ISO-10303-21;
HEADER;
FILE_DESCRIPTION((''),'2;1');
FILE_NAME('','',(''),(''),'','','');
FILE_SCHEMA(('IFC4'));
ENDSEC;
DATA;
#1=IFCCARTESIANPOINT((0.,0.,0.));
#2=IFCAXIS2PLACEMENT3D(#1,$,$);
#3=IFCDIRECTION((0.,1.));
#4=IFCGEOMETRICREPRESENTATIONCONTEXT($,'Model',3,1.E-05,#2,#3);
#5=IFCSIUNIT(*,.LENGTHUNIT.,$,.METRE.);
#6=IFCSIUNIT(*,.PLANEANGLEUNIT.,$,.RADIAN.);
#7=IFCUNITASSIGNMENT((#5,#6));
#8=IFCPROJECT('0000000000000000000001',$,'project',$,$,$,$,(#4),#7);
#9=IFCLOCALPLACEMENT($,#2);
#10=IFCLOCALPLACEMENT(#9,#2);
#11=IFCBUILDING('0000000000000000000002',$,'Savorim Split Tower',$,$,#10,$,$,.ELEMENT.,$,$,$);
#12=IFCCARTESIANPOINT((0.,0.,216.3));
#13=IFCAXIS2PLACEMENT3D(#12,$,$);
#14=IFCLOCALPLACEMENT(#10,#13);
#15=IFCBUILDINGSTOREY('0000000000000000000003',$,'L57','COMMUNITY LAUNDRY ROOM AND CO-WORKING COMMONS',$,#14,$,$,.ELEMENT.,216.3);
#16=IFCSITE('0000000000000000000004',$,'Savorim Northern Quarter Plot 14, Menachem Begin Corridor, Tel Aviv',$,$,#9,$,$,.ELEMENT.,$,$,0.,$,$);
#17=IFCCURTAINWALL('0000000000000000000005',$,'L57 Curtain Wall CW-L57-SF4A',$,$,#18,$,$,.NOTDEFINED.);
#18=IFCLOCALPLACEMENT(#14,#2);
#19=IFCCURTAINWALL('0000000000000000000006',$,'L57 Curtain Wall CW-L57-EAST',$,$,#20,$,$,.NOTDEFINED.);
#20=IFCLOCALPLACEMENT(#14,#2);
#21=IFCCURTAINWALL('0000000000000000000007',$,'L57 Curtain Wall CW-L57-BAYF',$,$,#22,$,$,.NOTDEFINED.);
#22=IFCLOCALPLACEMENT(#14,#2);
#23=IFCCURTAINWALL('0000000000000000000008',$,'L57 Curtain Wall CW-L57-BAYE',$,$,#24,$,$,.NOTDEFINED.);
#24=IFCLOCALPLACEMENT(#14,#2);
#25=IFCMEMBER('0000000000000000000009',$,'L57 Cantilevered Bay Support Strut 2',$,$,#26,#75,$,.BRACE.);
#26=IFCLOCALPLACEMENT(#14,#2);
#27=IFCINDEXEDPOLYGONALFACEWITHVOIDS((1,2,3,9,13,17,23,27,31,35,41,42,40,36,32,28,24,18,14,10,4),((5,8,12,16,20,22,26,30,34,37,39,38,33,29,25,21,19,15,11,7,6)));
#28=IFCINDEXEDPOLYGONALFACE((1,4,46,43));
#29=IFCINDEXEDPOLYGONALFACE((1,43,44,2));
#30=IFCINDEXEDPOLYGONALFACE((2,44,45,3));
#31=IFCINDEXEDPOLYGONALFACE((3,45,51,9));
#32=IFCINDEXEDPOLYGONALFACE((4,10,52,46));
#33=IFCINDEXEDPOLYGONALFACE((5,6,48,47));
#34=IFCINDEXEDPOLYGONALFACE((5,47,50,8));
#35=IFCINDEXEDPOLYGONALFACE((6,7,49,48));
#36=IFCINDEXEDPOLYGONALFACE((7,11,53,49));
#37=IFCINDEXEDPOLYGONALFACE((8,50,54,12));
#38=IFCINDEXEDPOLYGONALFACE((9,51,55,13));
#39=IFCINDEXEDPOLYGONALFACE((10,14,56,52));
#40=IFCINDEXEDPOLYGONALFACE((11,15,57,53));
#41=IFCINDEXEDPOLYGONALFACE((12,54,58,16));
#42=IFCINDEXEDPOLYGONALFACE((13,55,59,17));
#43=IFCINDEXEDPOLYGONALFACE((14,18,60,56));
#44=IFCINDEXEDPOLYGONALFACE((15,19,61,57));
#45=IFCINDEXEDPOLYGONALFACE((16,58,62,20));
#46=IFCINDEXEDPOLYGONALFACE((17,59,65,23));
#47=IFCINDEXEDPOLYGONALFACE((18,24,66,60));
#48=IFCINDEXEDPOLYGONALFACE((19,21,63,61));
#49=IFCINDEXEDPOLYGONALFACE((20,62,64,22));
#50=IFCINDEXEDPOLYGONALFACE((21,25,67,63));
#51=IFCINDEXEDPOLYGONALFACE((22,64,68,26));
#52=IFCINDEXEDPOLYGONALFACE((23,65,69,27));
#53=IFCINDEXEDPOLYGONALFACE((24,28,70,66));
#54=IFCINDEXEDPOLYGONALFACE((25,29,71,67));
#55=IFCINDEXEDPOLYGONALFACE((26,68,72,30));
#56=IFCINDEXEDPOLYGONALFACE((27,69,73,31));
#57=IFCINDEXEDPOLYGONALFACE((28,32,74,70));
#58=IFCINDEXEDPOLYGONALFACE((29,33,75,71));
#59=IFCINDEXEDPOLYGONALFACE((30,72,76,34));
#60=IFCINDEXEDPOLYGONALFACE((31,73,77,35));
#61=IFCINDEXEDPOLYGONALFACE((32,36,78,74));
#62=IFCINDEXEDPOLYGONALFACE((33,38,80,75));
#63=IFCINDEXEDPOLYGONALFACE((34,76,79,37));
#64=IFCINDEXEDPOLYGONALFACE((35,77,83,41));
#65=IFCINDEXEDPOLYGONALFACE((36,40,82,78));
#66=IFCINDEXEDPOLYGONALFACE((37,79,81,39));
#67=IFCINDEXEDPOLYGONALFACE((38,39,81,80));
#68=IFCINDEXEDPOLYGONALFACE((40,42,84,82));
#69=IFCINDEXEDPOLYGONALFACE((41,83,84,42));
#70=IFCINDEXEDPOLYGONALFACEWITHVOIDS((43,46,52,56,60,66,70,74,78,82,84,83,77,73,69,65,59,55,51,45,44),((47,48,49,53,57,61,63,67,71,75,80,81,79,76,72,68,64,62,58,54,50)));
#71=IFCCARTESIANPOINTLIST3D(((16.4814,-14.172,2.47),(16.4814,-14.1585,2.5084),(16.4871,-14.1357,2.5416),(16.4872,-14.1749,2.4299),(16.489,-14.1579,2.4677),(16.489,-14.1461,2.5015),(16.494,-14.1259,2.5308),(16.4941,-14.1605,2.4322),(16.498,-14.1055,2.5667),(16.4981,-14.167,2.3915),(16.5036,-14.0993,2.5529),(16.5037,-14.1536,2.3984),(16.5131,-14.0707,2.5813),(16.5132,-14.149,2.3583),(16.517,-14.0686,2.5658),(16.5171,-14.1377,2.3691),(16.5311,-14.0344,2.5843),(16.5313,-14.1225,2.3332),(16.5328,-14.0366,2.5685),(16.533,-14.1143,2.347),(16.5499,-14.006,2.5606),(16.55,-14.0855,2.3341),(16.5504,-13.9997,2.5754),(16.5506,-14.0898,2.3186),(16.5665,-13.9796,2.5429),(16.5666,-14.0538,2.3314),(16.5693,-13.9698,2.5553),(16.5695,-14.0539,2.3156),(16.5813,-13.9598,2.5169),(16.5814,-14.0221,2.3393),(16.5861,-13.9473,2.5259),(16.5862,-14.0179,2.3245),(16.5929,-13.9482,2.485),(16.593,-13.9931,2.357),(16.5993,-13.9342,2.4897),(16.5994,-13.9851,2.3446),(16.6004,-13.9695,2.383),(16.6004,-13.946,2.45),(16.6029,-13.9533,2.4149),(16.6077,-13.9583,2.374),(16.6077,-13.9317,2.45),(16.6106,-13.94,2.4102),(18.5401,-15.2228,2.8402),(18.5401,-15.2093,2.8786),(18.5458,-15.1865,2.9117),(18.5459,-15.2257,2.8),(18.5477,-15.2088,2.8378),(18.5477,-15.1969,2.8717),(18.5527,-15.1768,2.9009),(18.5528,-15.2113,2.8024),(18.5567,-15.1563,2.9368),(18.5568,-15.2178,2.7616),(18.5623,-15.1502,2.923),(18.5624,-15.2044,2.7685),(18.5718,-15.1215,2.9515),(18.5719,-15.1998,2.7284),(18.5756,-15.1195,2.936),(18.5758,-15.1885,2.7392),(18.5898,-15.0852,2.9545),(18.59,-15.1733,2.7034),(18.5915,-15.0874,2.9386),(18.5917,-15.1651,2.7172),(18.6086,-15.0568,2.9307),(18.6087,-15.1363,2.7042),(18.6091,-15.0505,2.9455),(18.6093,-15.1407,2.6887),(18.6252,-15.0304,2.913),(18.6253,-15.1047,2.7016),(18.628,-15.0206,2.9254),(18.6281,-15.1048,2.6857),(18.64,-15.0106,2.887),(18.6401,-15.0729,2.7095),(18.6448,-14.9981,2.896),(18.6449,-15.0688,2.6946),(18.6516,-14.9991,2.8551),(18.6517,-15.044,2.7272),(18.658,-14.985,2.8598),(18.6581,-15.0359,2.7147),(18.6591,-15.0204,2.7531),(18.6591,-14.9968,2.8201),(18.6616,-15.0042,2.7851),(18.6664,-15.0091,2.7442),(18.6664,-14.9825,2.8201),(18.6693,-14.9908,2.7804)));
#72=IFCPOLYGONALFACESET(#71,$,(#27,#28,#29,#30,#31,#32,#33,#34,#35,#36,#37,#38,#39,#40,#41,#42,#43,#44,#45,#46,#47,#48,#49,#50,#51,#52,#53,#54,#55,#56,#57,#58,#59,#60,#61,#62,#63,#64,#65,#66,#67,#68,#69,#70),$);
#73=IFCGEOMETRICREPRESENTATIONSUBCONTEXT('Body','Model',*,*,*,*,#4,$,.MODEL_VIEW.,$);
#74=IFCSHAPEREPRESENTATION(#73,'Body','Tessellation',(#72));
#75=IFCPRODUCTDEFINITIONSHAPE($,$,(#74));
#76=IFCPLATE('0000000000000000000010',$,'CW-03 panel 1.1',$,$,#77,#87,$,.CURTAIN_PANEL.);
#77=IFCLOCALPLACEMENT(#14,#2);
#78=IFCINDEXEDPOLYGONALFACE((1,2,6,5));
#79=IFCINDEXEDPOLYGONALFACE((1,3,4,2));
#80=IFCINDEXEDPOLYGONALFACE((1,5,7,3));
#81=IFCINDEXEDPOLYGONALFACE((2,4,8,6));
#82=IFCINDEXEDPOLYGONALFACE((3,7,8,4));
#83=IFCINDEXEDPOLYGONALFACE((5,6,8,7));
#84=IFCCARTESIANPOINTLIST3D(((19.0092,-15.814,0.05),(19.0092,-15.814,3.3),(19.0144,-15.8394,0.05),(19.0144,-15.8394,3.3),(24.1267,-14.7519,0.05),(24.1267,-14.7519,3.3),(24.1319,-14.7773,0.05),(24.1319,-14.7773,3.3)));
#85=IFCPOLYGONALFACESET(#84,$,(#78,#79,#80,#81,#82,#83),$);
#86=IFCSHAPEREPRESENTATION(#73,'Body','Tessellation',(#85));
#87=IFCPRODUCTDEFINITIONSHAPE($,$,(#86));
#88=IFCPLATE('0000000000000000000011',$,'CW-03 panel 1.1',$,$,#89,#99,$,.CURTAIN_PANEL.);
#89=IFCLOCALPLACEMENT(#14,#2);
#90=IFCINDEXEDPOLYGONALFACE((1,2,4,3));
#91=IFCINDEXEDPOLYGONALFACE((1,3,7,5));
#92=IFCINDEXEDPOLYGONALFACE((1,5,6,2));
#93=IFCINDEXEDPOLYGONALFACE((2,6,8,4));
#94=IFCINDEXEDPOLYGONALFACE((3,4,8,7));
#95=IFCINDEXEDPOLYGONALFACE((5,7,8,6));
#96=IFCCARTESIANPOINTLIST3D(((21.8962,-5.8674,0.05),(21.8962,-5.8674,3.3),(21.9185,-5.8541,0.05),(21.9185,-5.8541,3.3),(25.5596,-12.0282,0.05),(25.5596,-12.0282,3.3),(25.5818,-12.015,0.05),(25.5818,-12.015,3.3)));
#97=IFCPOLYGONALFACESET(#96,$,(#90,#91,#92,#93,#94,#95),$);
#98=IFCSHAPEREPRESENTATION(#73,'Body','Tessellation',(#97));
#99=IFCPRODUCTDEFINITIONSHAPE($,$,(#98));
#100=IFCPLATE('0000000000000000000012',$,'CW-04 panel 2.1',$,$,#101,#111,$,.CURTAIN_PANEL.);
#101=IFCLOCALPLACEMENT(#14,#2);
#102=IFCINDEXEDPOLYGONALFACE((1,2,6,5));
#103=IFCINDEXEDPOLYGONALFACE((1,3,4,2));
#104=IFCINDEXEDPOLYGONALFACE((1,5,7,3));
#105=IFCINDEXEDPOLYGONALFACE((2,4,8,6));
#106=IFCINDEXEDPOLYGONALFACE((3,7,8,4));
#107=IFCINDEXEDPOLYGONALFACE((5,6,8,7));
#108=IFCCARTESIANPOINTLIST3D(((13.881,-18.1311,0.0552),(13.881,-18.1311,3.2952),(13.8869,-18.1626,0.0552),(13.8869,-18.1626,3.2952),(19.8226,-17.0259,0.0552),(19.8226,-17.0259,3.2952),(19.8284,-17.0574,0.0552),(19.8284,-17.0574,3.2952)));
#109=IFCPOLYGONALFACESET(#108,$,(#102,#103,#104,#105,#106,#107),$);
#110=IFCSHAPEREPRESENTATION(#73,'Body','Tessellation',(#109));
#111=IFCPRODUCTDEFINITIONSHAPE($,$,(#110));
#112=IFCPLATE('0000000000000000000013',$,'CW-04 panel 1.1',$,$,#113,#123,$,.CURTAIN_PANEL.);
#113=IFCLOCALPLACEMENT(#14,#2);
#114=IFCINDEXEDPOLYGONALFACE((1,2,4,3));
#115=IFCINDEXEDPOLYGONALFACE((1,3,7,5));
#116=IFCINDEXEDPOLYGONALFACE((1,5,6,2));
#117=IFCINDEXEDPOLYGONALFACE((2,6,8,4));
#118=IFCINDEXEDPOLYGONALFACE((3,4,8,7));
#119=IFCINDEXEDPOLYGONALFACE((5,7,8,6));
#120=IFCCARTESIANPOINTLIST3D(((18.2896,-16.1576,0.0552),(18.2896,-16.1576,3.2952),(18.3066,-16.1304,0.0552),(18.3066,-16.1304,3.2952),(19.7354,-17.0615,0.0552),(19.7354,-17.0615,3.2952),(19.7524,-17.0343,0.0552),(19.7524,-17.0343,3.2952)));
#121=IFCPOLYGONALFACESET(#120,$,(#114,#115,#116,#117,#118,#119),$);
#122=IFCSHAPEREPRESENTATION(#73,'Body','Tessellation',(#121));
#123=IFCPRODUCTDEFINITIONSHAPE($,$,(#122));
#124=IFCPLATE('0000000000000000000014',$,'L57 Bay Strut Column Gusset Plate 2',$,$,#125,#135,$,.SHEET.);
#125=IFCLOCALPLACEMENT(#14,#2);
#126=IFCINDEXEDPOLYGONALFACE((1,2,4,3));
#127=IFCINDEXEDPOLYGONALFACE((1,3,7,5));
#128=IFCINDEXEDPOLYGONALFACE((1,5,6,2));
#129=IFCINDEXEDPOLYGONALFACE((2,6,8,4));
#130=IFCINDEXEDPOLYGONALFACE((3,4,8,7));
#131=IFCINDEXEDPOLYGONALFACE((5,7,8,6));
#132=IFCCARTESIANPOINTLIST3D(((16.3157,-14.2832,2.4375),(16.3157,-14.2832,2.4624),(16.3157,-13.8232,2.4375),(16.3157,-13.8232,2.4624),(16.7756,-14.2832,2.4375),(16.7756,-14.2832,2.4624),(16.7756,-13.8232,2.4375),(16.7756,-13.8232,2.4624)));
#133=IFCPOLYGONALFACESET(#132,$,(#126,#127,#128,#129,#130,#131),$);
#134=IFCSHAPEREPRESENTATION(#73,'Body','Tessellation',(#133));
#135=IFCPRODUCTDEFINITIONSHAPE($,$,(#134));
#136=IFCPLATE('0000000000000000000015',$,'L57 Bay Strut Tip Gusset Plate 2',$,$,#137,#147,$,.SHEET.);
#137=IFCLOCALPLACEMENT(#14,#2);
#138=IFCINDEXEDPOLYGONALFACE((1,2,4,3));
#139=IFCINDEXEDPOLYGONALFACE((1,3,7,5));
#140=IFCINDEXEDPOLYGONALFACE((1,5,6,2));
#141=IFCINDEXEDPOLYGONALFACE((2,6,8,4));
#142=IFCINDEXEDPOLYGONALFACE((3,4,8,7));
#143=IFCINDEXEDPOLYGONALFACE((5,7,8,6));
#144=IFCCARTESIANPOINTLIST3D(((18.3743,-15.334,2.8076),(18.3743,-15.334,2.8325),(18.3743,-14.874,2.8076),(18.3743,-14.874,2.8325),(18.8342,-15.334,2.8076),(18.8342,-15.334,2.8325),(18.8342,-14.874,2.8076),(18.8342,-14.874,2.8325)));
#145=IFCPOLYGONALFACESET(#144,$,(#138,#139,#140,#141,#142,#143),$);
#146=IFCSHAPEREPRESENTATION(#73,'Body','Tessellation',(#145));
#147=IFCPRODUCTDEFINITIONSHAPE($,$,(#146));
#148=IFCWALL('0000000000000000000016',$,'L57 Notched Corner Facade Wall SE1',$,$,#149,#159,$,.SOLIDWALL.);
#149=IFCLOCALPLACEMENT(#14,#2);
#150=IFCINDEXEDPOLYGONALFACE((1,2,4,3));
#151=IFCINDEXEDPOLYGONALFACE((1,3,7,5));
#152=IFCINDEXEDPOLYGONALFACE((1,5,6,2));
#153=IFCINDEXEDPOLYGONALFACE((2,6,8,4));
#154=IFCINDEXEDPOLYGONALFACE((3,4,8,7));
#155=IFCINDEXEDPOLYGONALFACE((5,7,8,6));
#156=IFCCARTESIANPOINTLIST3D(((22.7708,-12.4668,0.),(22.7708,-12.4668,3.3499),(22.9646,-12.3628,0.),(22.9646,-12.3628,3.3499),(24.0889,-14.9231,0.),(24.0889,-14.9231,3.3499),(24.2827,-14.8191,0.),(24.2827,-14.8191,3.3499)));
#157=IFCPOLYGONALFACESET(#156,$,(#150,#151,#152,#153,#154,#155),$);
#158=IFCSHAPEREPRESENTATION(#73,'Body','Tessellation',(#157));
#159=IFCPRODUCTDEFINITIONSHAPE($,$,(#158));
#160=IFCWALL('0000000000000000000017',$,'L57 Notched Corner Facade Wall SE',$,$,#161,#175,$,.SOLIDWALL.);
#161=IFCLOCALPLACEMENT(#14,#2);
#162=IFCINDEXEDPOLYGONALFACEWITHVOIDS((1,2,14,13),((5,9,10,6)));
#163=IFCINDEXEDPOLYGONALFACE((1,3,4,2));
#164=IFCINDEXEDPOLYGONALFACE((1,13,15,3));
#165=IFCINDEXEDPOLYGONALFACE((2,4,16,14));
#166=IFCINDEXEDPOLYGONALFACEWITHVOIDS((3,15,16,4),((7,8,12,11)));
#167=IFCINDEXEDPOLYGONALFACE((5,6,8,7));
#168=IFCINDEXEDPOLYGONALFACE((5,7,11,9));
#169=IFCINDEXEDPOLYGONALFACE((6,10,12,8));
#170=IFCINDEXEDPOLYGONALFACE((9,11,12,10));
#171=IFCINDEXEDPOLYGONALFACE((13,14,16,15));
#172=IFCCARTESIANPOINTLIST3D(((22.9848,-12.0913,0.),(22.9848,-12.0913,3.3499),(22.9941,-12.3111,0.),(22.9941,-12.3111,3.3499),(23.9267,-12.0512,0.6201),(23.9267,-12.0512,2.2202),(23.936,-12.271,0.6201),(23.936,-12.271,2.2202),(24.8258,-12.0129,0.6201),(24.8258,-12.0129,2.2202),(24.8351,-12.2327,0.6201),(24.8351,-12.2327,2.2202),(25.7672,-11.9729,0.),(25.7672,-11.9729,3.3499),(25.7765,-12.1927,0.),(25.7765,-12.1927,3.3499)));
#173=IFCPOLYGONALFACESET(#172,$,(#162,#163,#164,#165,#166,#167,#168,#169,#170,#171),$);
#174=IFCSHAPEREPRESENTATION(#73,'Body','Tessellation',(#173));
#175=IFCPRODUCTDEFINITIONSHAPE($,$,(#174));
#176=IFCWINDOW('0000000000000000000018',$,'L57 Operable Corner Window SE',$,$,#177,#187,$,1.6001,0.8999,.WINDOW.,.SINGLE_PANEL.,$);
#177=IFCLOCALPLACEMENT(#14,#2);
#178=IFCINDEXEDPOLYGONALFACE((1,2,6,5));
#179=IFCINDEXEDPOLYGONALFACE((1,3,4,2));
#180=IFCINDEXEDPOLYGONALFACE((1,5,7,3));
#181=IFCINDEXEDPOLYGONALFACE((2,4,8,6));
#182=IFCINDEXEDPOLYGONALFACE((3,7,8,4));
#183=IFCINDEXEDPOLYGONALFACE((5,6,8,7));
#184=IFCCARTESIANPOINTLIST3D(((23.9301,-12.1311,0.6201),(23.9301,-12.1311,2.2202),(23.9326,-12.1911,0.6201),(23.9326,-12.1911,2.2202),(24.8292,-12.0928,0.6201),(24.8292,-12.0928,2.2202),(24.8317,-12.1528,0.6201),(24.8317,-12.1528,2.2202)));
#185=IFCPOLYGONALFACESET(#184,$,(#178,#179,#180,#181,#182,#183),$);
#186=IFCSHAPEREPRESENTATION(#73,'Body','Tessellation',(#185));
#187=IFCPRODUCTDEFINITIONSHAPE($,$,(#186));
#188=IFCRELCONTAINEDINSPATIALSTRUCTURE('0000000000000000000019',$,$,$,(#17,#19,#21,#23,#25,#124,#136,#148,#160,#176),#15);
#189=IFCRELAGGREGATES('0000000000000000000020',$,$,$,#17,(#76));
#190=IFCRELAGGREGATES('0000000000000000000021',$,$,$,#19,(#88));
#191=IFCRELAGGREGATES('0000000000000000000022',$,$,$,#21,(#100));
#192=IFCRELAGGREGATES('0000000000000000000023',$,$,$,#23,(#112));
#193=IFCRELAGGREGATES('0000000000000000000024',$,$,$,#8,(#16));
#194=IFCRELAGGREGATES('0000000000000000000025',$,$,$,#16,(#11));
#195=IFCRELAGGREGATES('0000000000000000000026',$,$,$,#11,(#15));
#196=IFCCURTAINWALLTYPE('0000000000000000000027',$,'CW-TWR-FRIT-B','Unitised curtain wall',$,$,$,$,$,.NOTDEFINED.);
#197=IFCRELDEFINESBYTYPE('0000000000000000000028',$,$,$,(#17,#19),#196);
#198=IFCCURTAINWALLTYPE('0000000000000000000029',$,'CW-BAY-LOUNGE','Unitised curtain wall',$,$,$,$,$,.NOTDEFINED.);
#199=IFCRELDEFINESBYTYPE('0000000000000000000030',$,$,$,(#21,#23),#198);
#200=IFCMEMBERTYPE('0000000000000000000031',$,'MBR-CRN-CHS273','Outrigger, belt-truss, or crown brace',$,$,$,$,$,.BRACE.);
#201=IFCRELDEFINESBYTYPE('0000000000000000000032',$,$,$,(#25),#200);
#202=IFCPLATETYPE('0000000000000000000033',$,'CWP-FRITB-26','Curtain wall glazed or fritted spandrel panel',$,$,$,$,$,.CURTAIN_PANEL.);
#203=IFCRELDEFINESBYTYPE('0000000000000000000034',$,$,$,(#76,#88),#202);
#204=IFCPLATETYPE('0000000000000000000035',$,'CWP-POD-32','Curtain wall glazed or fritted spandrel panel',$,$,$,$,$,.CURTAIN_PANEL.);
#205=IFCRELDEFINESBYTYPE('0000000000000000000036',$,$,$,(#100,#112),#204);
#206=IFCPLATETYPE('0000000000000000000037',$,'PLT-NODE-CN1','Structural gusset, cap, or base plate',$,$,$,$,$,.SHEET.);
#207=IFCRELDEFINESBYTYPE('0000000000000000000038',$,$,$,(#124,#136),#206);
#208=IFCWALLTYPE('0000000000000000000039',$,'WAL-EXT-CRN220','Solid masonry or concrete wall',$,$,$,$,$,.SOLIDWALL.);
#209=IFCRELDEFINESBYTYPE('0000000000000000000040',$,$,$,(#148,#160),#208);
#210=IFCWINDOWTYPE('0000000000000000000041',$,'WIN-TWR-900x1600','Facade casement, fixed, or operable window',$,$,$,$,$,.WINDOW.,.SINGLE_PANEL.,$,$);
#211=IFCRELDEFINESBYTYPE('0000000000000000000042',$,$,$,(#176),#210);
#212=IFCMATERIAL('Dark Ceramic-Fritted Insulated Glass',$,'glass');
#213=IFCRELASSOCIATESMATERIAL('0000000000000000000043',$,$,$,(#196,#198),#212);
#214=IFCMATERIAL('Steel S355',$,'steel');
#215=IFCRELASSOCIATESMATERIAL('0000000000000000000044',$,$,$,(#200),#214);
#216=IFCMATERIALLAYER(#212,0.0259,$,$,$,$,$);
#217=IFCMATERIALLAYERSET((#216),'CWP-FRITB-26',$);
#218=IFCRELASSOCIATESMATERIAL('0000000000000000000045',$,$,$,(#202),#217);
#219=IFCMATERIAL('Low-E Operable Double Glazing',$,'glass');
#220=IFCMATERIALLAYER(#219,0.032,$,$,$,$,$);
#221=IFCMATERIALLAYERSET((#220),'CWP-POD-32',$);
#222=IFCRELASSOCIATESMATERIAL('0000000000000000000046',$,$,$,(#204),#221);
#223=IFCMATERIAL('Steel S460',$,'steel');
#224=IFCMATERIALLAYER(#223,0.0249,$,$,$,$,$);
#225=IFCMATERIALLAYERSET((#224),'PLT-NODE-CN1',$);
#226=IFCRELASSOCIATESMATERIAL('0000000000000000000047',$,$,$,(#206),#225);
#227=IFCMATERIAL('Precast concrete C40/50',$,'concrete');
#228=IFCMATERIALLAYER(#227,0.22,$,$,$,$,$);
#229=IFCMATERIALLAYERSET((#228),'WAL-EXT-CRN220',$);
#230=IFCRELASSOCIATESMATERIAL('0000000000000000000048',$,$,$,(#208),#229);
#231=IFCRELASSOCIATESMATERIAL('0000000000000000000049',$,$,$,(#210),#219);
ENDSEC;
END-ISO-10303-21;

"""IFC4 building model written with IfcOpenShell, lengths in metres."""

from ifc_helpers import new_model, si_unit, direction, frame, frame_2d, origin, origin_2d, place, context, subcontext, project, spatial, rectangle, hollow_circle, extrude, material, layer, layer_set, material_profile, profile_set, type_object, element, fill, aggregate, save


model = new_model("IFC4")

# Units and contexts
model_context = context("Model", 3, precision=1e-05, world=origin(), true_north=direction((0.0, 1.0)))
body_context = subcontext(model_context, "Body", "Model", "MODEL_VIEW")
ifc_project = project(units=[si_unit("LENGTHUNIT", "METRE"), si_unit("PLANEANGLEUNIT", "RADIAN")], contexts=[model_context])

# Site, building, storey
site_placement = place(None, origin())
site = spatial("IfcSite", under=ifc_project, at=site_placement, Name="Savorim Northern Quarter Plot 14, Menachem Begin Corridor, Tel Aviv", CompositionType="ELEMENT", RefElevation=0.0)
building_placement = place(site_placement, origin())
building = spatial("IfcBuilding", under=site, at=building_placement, Name="Savorim Split Tower", CompositionType="ELEMENT")
storey_placement = place(building_placement, frame((0.0, 0.0, 216.3)))
storey = spatial("IfcBuildingStorey", under=building, at=storey_placement, Name="L57", Description="COMMUNITY LAUNDRY ROOM AND CO-WORKING COMMONS", CompositionType="ELEMENT", Elevation=216.3)

# Shared definitions
ifc_material_1 = material(Name="Steel S355", Category="steel")

# Curtain walls
ifc_material_2 = material(Name="Dark Ceramic-Fritted Insulated Glass", Category="glass")
curtain_wall_type_1 = type_object("IfcCurtainWallType", Name="CW-TWR-FRIT-B", Description="Unitised curtain wall", PredefinedType="NOTDEFINED", material=ifc_material_2)
curtain_wall_1_placement = place(storey_placement, origin())
curtain_wall_1 = element("IfcCurtainWall", 1, at=curtain_wall_1_placement, inside=storey, type_object=curtain_wall_type_1, Name="L57 Curtain Wall CW-L57-SF4A", PredefinedType="NOTDEFINED")
curtain_wall_2_placement = place(storey_placement, origin())
curtain_wall_2 = element("IfcCurtainWall", 2, at=curtain_wall_2_placement, inside=storey, type_object=curtain_wall_type_1, Name="L57 Curtain Wall CW-L57-EAST", PredefinedType="NOTDEFINED")
curtain_wall_type_2 = type_object("IfcCurtainWallType", Name="CW-BAY-LOUNGE", Description="Unitised curtain wall", PredefinedType="NOTDEFINED", material=ifc_material_2)
curtain_wall_3_placement = place(storey_placement, origin())
curtain_wall_3 = element("IfcCurtainWall", 3, at=curtain_wall_3_placement, inside=storey, type_object=curtain_wall_type_2, Name="L57 Curtain Wall CW-L57-BAYF", PredefinedType="NOTDEFINED")
curtain_wall_4_placement = place(storey_placement, origin())
curtain_wall_4 = element("IfcCurtainWall", 4, at=curtain_wall_4_placement, inside=storey, type_object=curtain_wall_type_2, Name="L57 Curtain Wall CW-L57-BAYE", PredefinedType="NOTDEFINED")

# Member
ifc_material_profile_1 = material_profile(ifc_material_1, hollow_circle(Radius=0.1365, WallThickness=0.0161, at=origin_2d()), Name="CHS 273x16")
ifc_profile_set_1 = profile_set([ifc_material_profile_1], Name="Steel S355")
member_type_1 = type_object("IfcMemberType", Name="MBR-CRN-CHS273", Description="Outrigger, belt-truss, or crown brace", PredefinedType="BRACE", material=ifc_profile_set_1)
member_1_placement = place(storey_placement, frame((16.5457, -14.0532, 2.45), z_axis=(0.879473, -0.448915, 0.158122), x_axis=(0.454635, 0.890678, 0.0)))
element("IfcMember", 5, at=member_1_placement, inside=storey, type_object=member_type_1, Name="L57 Cantilevered Bay Support Strut 2", PredefinedType="BRACE", context=body_context, shape_type="SweptSolid", body=[
    extrude(hollow_circle(Radius=0.1365, WallThickness=0.0161, at=origin_2d()), origin(), (0.0, 0.0, 1.0), 2.3408),
])

# Plates
ifc_layer_1 = layer(ifc_material_2, 0.0259)
ifc_layer_set_1 = layer_set([ifc_layer_1], Name="CWP-FRITB-26")
plate_type_1 = type_object("IfcPlateType", Name="CWP-FRITB-26", Description="Curtain wall glazed or fritted spandrel panel", PredefinedType="CURTAIN_PANEL", material=ifc_layer_set_1)
plate_1_placement = place(storey_placement, frame((21.5706, -15.2957, 0.05), z_axis=(0.0, 0.0, 1.0), x_axis=(0.979135, 0.203211, 0.0)))
plate_1 = element("IfcPlate", 6, at=plate_1_placement, type_object=plate_type_1, Name="CW-03 panel 1.1", PredefinedType="CURTAIN_PANEL", context=body_context, shape_type="SweptSolid", body=[
    extrude(rectangle(XDim=5.2266, YDim=0.0259, at=origin_2d()), origin(), (0.0, 0.0, 1.0), 3.25),
])
aggregate(curtain_wall_1, [plate_1])
plate_2_placement = place(storey_placement, frame((23.739, -8.9412, 0.05), z_axis=(0.0, 0.0, 1.0), x_axis=(-0.511092, 0.859526, 0.0)))
plate_2 = element("IfcPlate", 7, at=plate_2_placement, type_object=plate_type_1, Name="CW-03 panel 1.1", PredefinedType="CURTAIN_PANEL", context=body_context, shape_type="SweptSolid", body=[
    extrude(rectangle(XDim=7.1677, YDim=0.0259, at=origin_2d()), origin(), (0.0, 0.0, 1.0), 3.25),
])
aggregate(curtain_wall_2, [plate_2])
ifc_material_3 = material(Name="Low-E Operable Double Glazing", Category="glass")
ifc_layer_2 = layer(ifc_material_3, 0.032)
ifc_layer_set_2 = layer_set([ifc_layer_2], Name="CWP-POD-32")
plate_type_2 = type_object("IfcPlateType", Name="CWP-POD-32", Description="Curtain wall glazed or fritted spandrel panel", PredefinedType="CURTAIN_PANEL", material=ifc_layer_set_2)
plate_3_placement = place(storey_placement, frame((16.8547, -17.5942, 0.0552), z_axis=(0.0, 0.0, 1.0), x_axis=(0.983136, 0.182878, 0.0)))
plate_3 = element("IfcPlate", 8, at=plate_3_placement, type_object=plate_type_2, Name="CW-04 panel 2.1", PredefinedType="CURTAIN_PANEL", context=body_context, shape_type="SweptSolid", body=[
    extrude(rectangle(XDim=6.0435, YDim=0.032, at=origin_2d()), origin(), (0.0, 0.0, 1.0), 3.24),
])
aggregate(curtain_wall_3, [plate_3])
plate_4_placement = place(storey_placement, frame((19.021, -16.5959, 0.0552), z_axis=(0.0, 0.0, 1.0), x_axis=(-0.847925, 0.530116, 0.0)))
plate_4 = element("IfcPlate", 9, at=plate_4_placement, type_object=plate_type_2, Name="CW-04 panel 1.1", PredefinedType="CURTAIN_PANEL", context=body_context, shape_type="SweptSolid", body=[
    extrude(rectangle(XDim=1.7051, YDim=0.032, at=origin_2d()), origin(), (0.0, 0.0, 1.0), 3.24),
])
aggregate(curtain_wall_4, [plate_4])

# Plates
ifc_material_4 = material(Name="Steel S460", Category="steel")
ifc_layer_3 = layer(ifc_material_4, 0.0249)
ifc_layer_set_3 = layer_set([ifc_layer_3], Name="PLT-NODE-CN1")
plate_type_3 = type_object("IfcPlateType", Name="PLT-NODE-CN1", Description="Structural gusset, cap, or base plate", PredefinedType="SHEET", material=ifc_layer_set_3)
for number, where, z_axis, x_axis, name in (
    (10, (16.5457, -14.0532, 2.4375), (0.0, 0.0, 1.0), (1.0, 0.0, 0.0), "L57 Bay Strut Column Gusset Plate 2"),
    (11, (18.6042, -15.104, 2.8076), (0.0, 0.0, 1.0), (1.0, 0.0, 0.0), "L57 Bay Strut Tip Gusset Plate 2"),
):
    element("IfcPlate", number, at=place(storey_placement, frame(where, z_axis=z_axis, x_axis=x_axis)), inside=storey, type_object=plate_type_3, Name=name, PredefinedType="SHEET", context=body_context, shape_type="SweptSolid", body=[
        extrude(rectangle(XDim=0.46, YDim=0.46, at=origin_2d()), origin(), (0.0, 0.0, 1.0), 0.0249),
    ])

# Wall
ifc_material_5 = material(Name="Precast concrete C40/50", Category="concrete")
ifc_layer_4 = layer(ifc_material_5, 0.22)
ifc_layer_set_4 = layer_set([ifc_layer_4], Name="WAL-EXT-CRN220")
wall_type = type_object("IfcWallType", Name="WAL-EXT-CRN220", Description="Solid masonry or concrete wall", PredefinedType="SOLIDWALL", material=ifc_layer_set_4)
wall_1_placement = place(storey_placement, frame((22.8677, -12.4148, 0.0), z_axis=(0.0, 0.0, 1.0), x_axis=(0.472846, -0.881145, 0.0)))
element("IfcWall", 12, at=wall_1_placement, inside=storey, type_object=wall_type, Name="L57 Notched Corner Facade Wall SE1", PredefinedType="SOLIDWALL", context=body_context, shape_type="SweptSolid", body=[
    extrude(rectangle(XDim=2.7876, YDim=0.22, at=frame_2d((1.3938, 0.0))), origin(), (0.0, 0.0, 1.0), 3.3499),
])

# Wall, opening, window
wall_2_placement = place(storey_placement, frame((25.772, -12.0828, 0.0), z_axis=(0.0, 0.0, 1.0), x_axis=(-0.999096, -0.042517, 0.0)))
wall_2 = element("IfcWall", 13, at=wall_2_placement, inside=storey, type_object=wall_type, Name="L57 Notched Corner Facade Wall SE", PredefinedType="SOLIDWALL", context=body_context, shape_type="SweptSolid", body=[
    extrude(rectangle(XDim=2.7849, YDim=0.22, at=frame_2d((1.3926, 0.0))), origin(), (0.0, 0.0, 1.0), 3.3499),
])
opening_placement = place(wall_2_placement, frame((0.9424, 0.0, 0.6201)))
opening = element("IfcOpeningElement", 14, at=opening_placement, cuts=wall_2, PredefinedType="OPENING", context=body_context, shape_type="SweptSolid", body=[
    extrude(rectangle(XDim=0.8999, YDim=1.6001, at=frame_2d((0.45, 0.8))), frame((0.0, 0.1199, 0.0), z_axis=(0.0, -1.0, 0.0), x_axis=(1.0, 0.0, 0.0)), (0.0, 0.0, 1.0), 0.24),
])
window_type = type_object("IfcWindowType", Name="WIN-TWR-900x1600", Description="Facade casement, fixed, or operable window", PartitioningType="SINGLE_PANEL", PredefinedType="WINDOW", material=ifc_material_3)
window_placement = place(opening_placement, origin())
window = element("IfcWindow", 15, at=window_placement, inside=storey, type_object=window_type, Name="L57 Operable Corner Window SE", OverallHeight=1.6001, OverallWidth=0.8999, PartitioningType="SINGLE_PANEL", PredefinedType="WINDOW", context=body_context, shape_type="SweptSolid", body=[
    extrude(rectangle(XDim=0.8999, YDim=1.6001, at=frame_2d((0.45, 0.8))), frame((0.0, 0.03, 0.0), z_axis=(0.0, -1.0, 0.0), x_axis=(1.0, 0.0, 0.0)), (0.0, 0.0, 1.0), 0.0601),
])
fill(opening, window)

save(model, "model.ifc")
